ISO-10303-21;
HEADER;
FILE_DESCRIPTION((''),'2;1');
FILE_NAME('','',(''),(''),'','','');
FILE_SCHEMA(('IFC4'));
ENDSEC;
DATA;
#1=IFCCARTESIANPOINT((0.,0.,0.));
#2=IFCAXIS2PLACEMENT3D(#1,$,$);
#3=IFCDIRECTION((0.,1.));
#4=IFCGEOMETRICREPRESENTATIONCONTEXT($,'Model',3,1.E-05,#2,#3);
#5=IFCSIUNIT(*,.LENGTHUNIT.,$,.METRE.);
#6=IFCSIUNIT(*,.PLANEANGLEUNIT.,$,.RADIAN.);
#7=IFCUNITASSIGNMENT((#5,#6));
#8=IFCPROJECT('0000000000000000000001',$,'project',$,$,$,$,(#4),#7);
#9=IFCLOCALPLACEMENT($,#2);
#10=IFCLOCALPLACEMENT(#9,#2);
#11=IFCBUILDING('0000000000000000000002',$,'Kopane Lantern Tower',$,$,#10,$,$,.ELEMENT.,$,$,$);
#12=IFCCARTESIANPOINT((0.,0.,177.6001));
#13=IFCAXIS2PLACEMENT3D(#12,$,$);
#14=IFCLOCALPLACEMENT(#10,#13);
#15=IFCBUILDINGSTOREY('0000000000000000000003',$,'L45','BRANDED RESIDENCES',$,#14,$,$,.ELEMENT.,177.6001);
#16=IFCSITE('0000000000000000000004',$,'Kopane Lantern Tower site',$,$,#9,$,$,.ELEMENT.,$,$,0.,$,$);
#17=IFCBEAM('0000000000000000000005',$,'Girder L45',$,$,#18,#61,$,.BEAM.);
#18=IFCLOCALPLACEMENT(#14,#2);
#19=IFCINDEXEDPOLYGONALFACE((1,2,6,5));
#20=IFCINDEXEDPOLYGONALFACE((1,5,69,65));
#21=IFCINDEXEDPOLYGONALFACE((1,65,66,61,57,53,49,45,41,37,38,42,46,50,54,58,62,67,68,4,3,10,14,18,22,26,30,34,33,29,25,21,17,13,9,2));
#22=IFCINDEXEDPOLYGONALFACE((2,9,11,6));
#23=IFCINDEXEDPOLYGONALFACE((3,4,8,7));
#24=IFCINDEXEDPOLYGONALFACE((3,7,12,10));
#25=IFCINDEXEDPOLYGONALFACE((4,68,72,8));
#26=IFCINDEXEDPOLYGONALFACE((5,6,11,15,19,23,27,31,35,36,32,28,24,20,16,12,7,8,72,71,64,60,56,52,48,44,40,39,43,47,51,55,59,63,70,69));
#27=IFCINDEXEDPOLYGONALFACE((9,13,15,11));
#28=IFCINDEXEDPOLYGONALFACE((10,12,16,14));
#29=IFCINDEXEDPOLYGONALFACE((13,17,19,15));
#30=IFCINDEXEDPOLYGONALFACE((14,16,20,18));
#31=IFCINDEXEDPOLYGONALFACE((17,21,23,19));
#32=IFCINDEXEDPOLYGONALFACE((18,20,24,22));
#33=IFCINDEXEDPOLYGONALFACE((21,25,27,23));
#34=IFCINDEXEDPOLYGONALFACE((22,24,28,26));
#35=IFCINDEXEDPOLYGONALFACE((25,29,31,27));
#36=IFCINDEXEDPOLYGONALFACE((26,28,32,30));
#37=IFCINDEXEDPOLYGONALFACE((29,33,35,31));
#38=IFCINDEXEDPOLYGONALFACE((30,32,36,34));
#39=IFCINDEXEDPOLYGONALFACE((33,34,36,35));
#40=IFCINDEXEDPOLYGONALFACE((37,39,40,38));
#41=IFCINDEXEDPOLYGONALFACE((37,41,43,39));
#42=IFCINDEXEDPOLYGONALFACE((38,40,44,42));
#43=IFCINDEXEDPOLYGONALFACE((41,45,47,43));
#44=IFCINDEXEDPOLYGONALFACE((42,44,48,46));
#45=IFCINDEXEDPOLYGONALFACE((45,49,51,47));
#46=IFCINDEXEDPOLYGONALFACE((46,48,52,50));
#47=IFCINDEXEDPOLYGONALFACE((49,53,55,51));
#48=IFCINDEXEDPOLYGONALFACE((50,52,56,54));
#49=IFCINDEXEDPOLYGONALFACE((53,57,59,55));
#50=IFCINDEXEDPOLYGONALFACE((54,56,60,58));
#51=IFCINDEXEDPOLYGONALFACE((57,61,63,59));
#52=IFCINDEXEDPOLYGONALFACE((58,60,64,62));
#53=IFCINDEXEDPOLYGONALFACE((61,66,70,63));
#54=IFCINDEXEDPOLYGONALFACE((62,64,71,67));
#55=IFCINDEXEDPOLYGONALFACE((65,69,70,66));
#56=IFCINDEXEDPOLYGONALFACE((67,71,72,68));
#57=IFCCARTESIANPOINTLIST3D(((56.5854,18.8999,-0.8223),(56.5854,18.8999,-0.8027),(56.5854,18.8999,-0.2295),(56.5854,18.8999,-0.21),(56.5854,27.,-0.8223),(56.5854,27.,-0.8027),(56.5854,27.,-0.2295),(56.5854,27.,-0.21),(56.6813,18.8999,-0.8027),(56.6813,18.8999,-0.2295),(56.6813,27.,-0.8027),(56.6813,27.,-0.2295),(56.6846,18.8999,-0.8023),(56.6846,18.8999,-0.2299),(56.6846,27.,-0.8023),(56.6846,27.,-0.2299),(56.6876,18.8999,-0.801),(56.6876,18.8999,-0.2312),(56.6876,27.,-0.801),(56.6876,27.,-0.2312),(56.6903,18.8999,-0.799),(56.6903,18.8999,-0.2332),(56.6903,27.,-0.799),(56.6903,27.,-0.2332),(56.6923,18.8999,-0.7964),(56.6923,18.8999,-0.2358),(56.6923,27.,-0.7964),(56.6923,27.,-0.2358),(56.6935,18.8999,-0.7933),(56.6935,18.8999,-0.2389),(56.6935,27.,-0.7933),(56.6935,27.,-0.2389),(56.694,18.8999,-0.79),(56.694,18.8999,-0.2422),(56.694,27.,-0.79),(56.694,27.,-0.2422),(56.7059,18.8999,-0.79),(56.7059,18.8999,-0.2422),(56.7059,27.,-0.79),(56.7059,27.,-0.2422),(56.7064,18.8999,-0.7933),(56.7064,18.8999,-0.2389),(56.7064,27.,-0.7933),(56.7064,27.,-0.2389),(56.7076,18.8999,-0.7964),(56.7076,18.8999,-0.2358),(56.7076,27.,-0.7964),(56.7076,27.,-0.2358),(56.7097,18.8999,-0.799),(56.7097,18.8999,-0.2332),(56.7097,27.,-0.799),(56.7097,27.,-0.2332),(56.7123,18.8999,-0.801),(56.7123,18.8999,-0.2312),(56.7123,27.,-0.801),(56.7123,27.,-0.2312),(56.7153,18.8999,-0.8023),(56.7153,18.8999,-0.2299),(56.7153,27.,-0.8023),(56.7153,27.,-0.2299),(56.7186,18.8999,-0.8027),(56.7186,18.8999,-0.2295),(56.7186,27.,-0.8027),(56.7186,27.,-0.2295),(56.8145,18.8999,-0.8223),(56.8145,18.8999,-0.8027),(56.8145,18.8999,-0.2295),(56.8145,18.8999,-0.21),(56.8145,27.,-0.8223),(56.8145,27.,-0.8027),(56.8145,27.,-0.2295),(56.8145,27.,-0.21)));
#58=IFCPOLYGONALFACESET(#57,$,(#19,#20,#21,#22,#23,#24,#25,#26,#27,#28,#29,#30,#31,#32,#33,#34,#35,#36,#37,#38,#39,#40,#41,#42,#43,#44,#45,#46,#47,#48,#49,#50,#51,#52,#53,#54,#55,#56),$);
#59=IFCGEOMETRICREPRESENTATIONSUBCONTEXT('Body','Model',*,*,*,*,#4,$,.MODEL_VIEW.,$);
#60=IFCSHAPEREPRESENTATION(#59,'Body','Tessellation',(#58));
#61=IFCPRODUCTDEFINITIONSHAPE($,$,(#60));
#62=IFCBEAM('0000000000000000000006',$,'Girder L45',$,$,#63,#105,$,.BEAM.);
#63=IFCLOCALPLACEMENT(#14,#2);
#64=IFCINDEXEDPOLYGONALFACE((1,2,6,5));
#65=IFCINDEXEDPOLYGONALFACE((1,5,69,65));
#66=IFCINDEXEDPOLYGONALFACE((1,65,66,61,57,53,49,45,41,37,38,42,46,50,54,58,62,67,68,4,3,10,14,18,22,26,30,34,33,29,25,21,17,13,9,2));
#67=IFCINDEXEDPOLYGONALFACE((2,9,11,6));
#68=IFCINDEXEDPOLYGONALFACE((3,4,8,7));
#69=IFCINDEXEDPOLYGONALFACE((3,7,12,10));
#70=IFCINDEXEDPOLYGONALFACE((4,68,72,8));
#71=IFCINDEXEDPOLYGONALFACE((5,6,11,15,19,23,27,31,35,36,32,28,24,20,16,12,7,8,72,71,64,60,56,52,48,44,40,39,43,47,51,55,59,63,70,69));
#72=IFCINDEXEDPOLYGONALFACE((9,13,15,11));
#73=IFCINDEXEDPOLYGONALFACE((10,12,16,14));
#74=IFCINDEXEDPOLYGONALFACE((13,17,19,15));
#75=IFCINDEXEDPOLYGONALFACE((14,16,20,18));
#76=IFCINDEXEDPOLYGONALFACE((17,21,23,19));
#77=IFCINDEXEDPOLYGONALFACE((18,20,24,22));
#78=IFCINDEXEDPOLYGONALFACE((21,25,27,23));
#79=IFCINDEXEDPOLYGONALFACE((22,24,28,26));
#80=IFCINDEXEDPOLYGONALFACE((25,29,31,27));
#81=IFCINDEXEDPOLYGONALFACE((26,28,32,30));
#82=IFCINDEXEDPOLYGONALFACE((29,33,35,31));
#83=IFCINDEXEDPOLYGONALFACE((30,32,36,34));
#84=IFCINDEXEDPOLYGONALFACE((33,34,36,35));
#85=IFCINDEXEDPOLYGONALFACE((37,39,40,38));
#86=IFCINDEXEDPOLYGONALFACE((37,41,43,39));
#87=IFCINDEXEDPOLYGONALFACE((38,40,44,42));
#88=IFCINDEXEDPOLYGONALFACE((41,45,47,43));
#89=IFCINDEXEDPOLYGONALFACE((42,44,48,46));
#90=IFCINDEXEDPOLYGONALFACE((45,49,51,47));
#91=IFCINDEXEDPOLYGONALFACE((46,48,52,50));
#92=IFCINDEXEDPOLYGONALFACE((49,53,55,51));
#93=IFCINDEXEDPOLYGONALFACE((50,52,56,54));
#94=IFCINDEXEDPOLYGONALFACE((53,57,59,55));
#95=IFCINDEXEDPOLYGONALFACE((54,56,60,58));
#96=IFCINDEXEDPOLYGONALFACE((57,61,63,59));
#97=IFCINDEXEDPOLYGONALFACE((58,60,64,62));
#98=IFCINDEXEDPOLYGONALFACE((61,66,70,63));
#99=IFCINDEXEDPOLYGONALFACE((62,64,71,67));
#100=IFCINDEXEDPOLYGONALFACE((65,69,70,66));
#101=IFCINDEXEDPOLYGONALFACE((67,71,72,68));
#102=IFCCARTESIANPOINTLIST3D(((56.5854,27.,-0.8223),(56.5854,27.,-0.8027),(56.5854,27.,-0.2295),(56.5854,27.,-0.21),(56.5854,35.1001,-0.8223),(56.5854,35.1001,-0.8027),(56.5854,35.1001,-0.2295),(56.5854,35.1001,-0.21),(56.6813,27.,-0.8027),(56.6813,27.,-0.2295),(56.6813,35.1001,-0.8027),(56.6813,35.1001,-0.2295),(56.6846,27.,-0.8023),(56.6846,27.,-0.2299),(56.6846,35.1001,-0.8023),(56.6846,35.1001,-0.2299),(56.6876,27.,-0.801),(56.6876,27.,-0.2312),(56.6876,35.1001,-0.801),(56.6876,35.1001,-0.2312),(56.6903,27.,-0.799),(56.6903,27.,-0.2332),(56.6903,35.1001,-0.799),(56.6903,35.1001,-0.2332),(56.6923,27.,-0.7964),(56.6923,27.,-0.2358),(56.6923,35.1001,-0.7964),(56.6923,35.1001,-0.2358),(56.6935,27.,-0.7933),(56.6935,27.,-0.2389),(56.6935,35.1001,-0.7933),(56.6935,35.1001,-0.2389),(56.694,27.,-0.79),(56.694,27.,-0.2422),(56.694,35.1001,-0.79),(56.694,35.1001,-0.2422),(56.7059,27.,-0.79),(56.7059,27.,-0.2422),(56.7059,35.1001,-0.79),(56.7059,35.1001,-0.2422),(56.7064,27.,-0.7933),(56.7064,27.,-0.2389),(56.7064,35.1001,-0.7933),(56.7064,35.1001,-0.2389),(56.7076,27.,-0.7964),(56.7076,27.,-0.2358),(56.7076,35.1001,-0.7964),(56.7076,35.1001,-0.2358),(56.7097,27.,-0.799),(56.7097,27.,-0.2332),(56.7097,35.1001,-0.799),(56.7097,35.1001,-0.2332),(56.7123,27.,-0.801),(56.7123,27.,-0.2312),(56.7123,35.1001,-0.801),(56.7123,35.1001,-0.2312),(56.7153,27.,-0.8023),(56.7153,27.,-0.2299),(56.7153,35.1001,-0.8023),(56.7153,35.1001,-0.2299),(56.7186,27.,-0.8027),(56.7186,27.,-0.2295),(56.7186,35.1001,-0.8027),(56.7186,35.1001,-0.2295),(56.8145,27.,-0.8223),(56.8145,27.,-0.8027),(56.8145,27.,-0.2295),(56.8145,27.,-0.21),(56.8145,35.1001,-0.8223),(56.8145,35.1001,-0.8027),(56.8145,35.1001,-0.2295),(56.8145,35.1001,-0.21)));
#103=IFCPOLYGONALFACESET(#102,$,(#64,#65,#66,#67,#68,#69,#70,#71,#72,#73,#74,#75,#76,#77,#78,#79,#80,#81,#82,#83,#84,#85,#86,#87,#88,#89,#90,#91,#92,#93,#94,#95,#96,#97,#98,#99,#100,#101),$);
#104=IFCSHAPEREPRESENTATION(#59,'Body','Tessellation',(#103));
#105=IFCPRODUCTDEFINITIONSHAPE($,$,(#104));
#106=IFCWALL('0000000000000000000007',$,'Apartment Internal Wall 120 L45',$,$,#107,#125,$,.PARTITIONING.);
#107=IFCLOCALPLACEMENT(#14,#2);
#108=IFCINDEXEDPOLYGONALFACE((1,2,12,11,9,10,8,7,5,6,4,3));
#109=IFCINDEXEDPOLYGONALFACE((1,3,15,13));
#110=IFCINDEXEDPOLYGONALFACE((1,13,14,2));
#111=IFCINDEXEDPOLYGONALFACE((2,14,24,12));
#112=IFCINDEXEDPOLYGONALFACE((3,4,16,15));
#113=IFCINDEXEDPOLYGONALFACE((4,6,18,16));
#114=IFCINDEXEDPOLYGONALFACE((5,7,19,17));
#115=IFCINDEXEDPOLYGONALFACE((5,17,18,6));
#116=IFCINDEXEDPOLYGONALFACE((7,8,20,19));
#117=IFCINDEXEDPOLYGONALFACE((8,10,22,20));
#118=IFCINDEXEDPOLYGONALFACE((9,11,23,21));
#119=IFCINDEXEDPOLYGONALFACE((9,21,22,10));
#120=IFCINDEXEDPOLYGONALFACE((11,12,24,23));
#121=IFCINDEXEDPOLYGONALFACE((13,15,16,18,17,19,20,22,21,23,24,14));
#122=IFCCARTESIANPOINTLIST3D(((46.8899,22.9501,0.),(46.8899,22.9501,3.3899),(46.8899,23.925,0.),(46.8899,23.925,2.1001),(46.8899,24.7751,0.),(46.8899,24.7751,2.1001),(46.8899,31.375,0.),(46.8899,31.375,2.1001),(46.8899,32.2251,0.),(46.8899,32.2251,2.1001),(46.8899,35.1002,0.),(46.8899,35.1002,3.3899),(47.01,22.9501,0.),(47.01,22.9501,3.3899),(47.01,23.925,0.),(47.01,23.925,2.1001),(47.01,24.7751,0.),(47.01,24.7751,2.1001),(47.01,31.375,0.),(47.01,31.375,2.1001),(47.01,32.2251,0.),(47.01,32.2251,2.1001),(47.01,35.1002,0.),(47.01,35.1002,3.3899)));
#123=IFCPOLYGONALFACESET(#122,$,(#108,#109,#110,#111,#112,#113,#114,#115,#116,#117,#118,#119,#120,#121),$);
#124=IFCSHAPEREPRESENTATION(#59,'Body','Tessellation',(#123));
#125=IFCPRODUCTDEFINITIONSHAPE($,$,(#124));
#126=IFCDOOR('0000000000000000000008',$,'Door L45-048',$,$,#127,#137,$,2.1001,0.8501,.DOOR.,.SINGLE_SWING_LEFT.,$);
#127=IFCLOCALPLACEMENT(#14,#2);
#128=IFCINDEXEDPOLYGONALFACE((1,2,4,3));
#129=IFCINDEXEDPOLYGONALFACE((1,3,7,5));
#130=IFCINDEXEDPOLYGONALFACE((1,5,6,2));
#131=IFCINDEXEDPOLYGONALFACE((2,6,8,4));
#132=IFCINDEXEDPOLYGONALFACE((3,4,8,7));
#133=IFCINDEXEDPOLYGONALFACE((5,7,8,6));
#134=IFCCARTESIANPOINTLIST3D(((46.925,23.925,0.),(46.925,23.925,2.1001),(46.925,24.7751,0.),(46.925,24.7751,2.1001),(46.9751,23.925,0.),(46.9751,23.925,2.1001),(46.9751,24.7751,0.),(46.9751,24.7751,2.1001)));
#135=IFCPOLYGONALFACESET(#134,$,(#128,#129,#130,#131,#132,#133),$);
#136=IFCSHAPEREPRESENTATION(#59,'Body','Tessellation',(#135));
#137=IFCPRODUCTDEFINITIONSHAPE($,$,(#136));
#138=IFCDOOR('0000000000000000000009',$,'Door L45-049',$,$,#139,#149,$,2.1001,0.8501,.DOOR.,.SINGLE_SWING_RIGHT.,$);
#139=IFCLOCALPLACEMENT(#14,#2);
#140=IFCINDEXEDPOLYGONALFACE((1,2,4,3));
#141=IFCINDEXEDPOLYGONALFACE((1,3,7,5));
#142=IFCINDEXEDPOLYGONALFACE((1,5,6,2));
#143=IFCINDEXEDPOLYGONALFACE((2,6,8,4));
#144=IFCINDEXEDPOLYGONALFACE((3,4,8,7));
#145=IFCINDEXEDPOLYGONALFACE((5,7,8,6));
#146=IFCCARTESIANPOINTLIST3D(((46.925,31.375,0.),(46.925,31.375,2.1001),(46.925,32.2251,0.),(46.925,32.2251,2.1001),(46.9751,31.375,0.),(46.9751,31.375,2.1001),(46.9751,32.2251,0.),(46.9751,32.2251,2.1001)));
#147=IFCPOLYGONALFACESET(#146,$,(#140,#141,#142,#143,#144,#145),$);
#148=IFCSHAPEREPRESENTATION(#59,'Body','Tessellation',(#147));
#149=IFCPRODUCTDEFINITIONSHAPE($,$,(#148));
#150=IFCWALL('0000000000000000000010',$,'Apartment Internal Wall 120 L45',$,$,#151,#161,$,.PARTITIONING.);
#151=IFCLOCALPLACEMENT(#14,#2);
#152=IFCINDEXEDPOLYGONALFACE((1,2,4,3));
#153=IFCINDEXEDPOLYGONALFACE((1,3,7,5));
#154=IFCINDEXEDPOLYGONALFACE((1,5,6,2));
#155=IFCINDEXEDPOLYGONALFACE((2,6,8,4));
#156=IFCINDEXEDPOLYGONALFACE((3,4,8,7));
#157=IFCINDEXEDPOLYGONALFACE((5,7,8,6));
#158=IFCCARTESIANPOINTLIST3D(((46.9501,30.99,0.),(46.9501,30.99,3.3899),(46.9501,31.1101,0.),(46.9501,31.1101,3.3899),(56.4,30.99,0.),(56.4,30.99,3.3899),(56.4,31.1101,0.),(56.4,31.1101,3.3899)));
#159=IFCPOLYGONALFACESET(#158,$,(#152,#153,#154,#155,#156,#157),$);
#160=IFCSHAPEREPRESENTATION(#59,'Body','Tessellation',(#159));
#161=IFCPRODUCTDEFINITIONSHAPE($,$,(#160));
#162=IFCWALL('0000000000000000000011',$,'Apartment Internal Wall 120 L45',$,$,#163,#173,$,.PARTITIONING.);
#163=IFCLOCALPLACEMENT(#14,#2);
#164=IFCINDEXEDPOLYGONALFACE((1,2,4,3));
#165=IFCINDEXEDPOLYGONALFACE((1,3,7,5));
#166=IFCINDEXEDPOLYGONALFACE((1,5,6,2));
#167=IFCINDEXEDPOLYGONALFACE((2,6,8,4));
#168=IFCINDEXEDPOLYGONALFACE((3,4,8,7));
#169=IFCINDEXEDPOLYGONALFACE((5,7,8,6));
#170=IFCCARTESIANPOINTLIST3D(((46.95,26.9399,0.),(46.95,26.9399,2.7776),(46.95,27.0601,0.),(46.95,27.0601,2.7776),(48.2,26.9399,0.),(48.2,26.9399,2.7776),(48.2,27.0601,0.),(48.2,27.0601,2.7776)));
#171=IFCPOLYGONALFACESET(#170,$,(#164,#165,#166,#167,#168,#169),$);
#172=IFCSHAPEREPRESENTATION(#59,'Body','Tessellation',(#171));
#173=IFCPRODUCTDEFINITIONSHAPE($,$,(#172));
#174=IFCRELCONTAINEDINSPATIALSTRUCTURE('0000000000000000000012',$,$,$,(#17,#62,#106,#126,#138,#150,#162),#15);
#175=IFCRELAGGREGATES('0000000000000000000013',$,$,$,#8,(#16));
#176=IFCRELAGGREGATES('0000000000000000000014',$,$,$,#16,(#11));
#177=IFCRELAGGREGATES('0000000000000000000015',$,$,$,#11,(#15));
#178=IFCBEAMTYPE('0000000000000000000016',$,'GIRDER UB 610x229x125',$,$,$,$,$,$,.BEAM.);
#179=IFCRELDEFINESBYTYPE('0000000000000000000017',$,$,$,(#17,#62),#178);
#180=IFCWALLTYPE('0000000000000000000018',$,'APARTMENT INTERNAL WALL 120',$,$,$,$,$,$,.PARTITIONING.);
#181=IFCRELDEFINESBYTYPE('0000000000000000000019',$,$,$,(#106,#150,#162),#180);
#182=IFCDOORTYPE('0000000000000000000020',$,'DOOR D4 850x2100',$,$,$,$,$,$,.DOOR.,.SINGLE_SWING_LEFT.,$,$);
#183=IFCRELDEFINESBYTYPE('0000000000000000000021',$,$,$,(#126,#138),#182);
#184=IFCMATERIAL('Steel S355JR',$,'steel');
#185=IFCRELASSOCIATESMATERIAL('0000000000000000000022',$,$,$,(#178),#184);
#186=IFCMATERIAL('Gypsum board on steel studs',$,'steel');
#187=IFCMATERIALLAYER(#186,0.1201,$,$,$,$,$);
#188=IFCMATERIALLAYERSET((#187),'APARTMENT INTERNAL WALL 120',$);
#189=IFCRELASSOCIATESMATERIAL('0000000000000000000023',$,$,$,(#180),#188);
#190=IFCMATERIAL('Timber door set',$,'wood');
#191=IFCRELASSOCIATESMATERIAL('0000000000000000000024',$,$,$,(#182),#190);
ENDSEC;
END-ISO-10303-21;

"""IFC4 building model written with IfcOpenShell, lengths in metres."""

from ifc_helpers import new_model, si_unit, direction, frame, frame_2d, origin, origin_2d, place, context, subcontext, project, spatial, rectangle, i_section, extrude, material, layer, layer_set, material_profile, profile_set, type_object, element, fill, save


model = new_model("IFC4")

# Units and contexts
model_context = context("Model", 3, precision=1e-05, world=origin(), true_north=direction((0.0, 1.0)))
body_context = subcontext(model_context, "Body", "Model", "MODEL_VIEW")
ifc_project = project(units=[si_unit("LENGTHUNIT", "METRE"), si_unit("PLANEANGLEUNIT", "RADIAN")], contexts=[model_context])

# Site, building, storey
site_placement = place(None, origin())
site = spatial("IfcSite", under=ifc_project, at=site_placement, Name="Kopane Lantern Tower site", CompositionType="ELEMENT", RefElevation=0.0)
building_placement = place(site_placement, origin())
building = spatial("IfcBuilding", under=site, at=building_placement, Name="Kopane Lantern Tower", CompositionType="ELEMENT")
storey_placement = place(building_placement, frame((0.0, 0.0, 177.6001)))
storey = spatial("IfcBuildingStorey", under=building, at=storey_placement, Name="L45", Description="BRANDED RESIDENCES", CompositionType="ELEMENT", Elevation=177.6001)

# Beams
ifc_material_1 = material(Name="Steel S355JR", Category="steel")
ifc_material_profile_1 = material_profile(ifc_material_1, i_section(OverallWidth=0.229, OverallDepth=0.6123, WebThickness=0.012, FlangeThickness=0.0195, FilletRadius=0.0127, at=origin_2d()), Name="UB 610x229x125")
ifc_profile_set_1 = profile_set([ifc_material_profile_1], Name="Steel S355JR")
beam_type = type_object("IfcBeamType", Name="GIRDER UB 610x229x125", PredefinedType="BEAM", material=ifc_profile_set_1)
for number, where, z_axis, x_axis, name in (
    (1, (56.7, 18.8999, -0.5161), (0.0, 1.0, 0.0), (-1.0, 0.0, 0.0), "Girder L45"),
    (2, (56.7, 27.0, -0.5161), (0.0, 1.0, 0.0), (-1.0, 0.0, 0.0), "Girder L45"),
):
    element("IfcBeam", number, at=place(storey_placement, frame(where, z_axis=z_axis, x_axis=x_axis)), inside=storey, type_object=beam_type, Name=name, PredefinedType="BEAM", context=body_context, shape_type="SweptSolid", body=[
        extrude(i_section(OverallWidth=0.229, OverallDepth=0.6123, WebThickness=0.012, FlangeThickness=0.0195, FilletRadius=0.0127, at=origin_2d()), origin(), (0.0, 0.0, 1.0), 8.1001),
    ])

# Wall, openings, doors
ifc_material_2 = material(Name="Gypsum board on steel studs", Category="steel")
ifc_layer_1 = layer(ifc_material_2, 0.1201)
ifc_layer_set_1 = layer_set([ifc_layer_1], Name="APARTMENT INTERNAL WALL 120")
wall_type_1 = type_object("IfcWallType", Name="APARTMENT INTERNAL WALL 120", PredefinedType="PARTITIONING", material=ifc_layer_set_1)
wall_1_placement = place(storey_placement, frame((46.95, 22.95, 0.0), z_axis=(0.0, 0.0, 1.0), x_axis=(0.0, 1.0, 0.0)))
wall_1 = element("IfcWall", 3, at=wall_1_placement, inside=storey, type_object=wall_type_1, Name="Apartment Internal Wall 120 L45", PredefinedType="PARTITIONING", context=body_context, shape_type="SweptSolid", body=[
    extrude(rectangle(XDim=12.1501, YDim=0.1201, at=frame_2d((6.0752, 0.0))), origin(), (0.0, 0.0, 1.0), 3.3899),
])
opening_1_placement = place(wall_1_placement, frame((0.9751, 0.0, 0.0)))
opening_1 = element("IfcOpeningElement", 4, at=opening_1_placement, cuts=wall_1, PredefinedType="OPENING", context=body_context, shape_type="SweptSolid", body=[
    extrude(rectangle(XDim=0.8501, YDim=2.1001, at=frame_2d((0.425, 1.05))), frame((0.0, 0.0701, 0.0), z_axis=(0.0, -1.0, 0.0), x_axis=(1.0, 0.0, 0.0)), (0.0, 0.0, 1.0), 0.1401),
])
opening_2_placement = place(wall_1_placement, frame((8.425, 0.0, 0.0)))
opening_2 = element("IfcOpeningElement", 5, at=opening_2_placement, cuts=wall_1, PredefinedType="OPENING", context=body_context, shape_type="SweptSolid", body=[
    extrude(rectangle(XDim=0.8501, YDim=2.1001, at=frame_2d((0.425, 1.05))), frame((0.0, 0.0701, 0.0), z_axis=(0.0, -1.0, 0.0), x_axis=(1.0, 0.0, 0.0)), (0.0, 0.0, 1.0), 0.1401),
])
ifc_material_3 = material(Name="Timber door set", Category="wood")
door_type = type_object("IfcDoorType", Name="DOOR D4 850x2100", OperationType="SINGLE_SWING_LEFT", PredefinedType="DOOR", material=ifc_material_3)
door_1_placement = place(opening_1_placement, origin())
door_1 = element("IfcDoor", 6, at=door_1_placement, inside=storey, type_object=door_type, Name="Door L45-048", OperationType="SINGLE_SWING_LEFT", OverallHeight=2.1001, OverallWidth=0.8501, PredefinedType="DOOR", context=body_context, shape_type="SweptSolid", body=[
    extrude(rectangle(XDim=0.8501, YDim=2.1001, at=frame_2d((0.425, 1.05))), frame((0.0, 0.0249, 0.0), z_axis=(0.0, -1.0, 0.0), x_axis=(1.0, 0.0, 0.0)), (0.0, 0.0, 1.0), 0.05),
])
fill(opening_1, door_1)
door_2_placement = place(opening_2_placement, origin())
door_2 = element("IfcDoor", 7, at=door_2_placement, inside=storey, type_object=door_type, Name="Door L45-049", OperationType="SINGLE_SWING_RIGHT", OverallHeight=2.1001, OverallWidth=0.8501, PredefinedType="DOOR", context=body_context, shape_type="SweptSolid", body=[
    extrude(rectangle(XDim=0.8501, YDim=2.1001, at=frame_2d((0.425, 1.05))), frame((0.0, 0.0249, 0.0), z_axis=(0.0, -1.0, 0.0), x_axis=(1.0, 0.0, 0.0)), (0.0, 0.0, 1.0), 0.05),
])
fill(opening_2, door_2)

# Walls
wall_2_placement = place(storey_placement, frame((46.95, 31.05, 0.0), z_axis=(0.0, 0.0, 1.0), x_axis=(1.0, 0.0, 0.0)))
element("IfcWall", 8, at=wall_2_placement, inside=storey, type_object=wall_type_1, Name="Apartment Internal Wall 120 L45", PredefinedType="PARTITIONING", context=body_context, shape_type="SweptSolid", body=[
    extrude(rectangle(XDim=9.45, YDim=0.1201, at=frame_2d((4.7251, 0.0))), origin(), (0.0, 0.0, 1.0), 3.3899),
])
wall_3_placement = place(storey_placement, frame((46.95, 27.0, 0.0), z_axis=(0.0, 0.0, 1.0), x_axis=(1.0, 0.0, 0.0)))
element("IfcWall", 9, at=wall_3_placement, inside=storey, type_object=wall_type_1, Name="Apartment Internal Wall 120 L45", PredefinedType="PARTITIONING", context=body_context, shape_type="SweptSolid", body=[
    extrude(rectangle(XDim=1.25, YDim=0.1201, at=frame_2d((0.625, 0.0))), origin(), (0.0, 0.0, 1.0), 2.7776),
])

save(model, "model.ifc")
